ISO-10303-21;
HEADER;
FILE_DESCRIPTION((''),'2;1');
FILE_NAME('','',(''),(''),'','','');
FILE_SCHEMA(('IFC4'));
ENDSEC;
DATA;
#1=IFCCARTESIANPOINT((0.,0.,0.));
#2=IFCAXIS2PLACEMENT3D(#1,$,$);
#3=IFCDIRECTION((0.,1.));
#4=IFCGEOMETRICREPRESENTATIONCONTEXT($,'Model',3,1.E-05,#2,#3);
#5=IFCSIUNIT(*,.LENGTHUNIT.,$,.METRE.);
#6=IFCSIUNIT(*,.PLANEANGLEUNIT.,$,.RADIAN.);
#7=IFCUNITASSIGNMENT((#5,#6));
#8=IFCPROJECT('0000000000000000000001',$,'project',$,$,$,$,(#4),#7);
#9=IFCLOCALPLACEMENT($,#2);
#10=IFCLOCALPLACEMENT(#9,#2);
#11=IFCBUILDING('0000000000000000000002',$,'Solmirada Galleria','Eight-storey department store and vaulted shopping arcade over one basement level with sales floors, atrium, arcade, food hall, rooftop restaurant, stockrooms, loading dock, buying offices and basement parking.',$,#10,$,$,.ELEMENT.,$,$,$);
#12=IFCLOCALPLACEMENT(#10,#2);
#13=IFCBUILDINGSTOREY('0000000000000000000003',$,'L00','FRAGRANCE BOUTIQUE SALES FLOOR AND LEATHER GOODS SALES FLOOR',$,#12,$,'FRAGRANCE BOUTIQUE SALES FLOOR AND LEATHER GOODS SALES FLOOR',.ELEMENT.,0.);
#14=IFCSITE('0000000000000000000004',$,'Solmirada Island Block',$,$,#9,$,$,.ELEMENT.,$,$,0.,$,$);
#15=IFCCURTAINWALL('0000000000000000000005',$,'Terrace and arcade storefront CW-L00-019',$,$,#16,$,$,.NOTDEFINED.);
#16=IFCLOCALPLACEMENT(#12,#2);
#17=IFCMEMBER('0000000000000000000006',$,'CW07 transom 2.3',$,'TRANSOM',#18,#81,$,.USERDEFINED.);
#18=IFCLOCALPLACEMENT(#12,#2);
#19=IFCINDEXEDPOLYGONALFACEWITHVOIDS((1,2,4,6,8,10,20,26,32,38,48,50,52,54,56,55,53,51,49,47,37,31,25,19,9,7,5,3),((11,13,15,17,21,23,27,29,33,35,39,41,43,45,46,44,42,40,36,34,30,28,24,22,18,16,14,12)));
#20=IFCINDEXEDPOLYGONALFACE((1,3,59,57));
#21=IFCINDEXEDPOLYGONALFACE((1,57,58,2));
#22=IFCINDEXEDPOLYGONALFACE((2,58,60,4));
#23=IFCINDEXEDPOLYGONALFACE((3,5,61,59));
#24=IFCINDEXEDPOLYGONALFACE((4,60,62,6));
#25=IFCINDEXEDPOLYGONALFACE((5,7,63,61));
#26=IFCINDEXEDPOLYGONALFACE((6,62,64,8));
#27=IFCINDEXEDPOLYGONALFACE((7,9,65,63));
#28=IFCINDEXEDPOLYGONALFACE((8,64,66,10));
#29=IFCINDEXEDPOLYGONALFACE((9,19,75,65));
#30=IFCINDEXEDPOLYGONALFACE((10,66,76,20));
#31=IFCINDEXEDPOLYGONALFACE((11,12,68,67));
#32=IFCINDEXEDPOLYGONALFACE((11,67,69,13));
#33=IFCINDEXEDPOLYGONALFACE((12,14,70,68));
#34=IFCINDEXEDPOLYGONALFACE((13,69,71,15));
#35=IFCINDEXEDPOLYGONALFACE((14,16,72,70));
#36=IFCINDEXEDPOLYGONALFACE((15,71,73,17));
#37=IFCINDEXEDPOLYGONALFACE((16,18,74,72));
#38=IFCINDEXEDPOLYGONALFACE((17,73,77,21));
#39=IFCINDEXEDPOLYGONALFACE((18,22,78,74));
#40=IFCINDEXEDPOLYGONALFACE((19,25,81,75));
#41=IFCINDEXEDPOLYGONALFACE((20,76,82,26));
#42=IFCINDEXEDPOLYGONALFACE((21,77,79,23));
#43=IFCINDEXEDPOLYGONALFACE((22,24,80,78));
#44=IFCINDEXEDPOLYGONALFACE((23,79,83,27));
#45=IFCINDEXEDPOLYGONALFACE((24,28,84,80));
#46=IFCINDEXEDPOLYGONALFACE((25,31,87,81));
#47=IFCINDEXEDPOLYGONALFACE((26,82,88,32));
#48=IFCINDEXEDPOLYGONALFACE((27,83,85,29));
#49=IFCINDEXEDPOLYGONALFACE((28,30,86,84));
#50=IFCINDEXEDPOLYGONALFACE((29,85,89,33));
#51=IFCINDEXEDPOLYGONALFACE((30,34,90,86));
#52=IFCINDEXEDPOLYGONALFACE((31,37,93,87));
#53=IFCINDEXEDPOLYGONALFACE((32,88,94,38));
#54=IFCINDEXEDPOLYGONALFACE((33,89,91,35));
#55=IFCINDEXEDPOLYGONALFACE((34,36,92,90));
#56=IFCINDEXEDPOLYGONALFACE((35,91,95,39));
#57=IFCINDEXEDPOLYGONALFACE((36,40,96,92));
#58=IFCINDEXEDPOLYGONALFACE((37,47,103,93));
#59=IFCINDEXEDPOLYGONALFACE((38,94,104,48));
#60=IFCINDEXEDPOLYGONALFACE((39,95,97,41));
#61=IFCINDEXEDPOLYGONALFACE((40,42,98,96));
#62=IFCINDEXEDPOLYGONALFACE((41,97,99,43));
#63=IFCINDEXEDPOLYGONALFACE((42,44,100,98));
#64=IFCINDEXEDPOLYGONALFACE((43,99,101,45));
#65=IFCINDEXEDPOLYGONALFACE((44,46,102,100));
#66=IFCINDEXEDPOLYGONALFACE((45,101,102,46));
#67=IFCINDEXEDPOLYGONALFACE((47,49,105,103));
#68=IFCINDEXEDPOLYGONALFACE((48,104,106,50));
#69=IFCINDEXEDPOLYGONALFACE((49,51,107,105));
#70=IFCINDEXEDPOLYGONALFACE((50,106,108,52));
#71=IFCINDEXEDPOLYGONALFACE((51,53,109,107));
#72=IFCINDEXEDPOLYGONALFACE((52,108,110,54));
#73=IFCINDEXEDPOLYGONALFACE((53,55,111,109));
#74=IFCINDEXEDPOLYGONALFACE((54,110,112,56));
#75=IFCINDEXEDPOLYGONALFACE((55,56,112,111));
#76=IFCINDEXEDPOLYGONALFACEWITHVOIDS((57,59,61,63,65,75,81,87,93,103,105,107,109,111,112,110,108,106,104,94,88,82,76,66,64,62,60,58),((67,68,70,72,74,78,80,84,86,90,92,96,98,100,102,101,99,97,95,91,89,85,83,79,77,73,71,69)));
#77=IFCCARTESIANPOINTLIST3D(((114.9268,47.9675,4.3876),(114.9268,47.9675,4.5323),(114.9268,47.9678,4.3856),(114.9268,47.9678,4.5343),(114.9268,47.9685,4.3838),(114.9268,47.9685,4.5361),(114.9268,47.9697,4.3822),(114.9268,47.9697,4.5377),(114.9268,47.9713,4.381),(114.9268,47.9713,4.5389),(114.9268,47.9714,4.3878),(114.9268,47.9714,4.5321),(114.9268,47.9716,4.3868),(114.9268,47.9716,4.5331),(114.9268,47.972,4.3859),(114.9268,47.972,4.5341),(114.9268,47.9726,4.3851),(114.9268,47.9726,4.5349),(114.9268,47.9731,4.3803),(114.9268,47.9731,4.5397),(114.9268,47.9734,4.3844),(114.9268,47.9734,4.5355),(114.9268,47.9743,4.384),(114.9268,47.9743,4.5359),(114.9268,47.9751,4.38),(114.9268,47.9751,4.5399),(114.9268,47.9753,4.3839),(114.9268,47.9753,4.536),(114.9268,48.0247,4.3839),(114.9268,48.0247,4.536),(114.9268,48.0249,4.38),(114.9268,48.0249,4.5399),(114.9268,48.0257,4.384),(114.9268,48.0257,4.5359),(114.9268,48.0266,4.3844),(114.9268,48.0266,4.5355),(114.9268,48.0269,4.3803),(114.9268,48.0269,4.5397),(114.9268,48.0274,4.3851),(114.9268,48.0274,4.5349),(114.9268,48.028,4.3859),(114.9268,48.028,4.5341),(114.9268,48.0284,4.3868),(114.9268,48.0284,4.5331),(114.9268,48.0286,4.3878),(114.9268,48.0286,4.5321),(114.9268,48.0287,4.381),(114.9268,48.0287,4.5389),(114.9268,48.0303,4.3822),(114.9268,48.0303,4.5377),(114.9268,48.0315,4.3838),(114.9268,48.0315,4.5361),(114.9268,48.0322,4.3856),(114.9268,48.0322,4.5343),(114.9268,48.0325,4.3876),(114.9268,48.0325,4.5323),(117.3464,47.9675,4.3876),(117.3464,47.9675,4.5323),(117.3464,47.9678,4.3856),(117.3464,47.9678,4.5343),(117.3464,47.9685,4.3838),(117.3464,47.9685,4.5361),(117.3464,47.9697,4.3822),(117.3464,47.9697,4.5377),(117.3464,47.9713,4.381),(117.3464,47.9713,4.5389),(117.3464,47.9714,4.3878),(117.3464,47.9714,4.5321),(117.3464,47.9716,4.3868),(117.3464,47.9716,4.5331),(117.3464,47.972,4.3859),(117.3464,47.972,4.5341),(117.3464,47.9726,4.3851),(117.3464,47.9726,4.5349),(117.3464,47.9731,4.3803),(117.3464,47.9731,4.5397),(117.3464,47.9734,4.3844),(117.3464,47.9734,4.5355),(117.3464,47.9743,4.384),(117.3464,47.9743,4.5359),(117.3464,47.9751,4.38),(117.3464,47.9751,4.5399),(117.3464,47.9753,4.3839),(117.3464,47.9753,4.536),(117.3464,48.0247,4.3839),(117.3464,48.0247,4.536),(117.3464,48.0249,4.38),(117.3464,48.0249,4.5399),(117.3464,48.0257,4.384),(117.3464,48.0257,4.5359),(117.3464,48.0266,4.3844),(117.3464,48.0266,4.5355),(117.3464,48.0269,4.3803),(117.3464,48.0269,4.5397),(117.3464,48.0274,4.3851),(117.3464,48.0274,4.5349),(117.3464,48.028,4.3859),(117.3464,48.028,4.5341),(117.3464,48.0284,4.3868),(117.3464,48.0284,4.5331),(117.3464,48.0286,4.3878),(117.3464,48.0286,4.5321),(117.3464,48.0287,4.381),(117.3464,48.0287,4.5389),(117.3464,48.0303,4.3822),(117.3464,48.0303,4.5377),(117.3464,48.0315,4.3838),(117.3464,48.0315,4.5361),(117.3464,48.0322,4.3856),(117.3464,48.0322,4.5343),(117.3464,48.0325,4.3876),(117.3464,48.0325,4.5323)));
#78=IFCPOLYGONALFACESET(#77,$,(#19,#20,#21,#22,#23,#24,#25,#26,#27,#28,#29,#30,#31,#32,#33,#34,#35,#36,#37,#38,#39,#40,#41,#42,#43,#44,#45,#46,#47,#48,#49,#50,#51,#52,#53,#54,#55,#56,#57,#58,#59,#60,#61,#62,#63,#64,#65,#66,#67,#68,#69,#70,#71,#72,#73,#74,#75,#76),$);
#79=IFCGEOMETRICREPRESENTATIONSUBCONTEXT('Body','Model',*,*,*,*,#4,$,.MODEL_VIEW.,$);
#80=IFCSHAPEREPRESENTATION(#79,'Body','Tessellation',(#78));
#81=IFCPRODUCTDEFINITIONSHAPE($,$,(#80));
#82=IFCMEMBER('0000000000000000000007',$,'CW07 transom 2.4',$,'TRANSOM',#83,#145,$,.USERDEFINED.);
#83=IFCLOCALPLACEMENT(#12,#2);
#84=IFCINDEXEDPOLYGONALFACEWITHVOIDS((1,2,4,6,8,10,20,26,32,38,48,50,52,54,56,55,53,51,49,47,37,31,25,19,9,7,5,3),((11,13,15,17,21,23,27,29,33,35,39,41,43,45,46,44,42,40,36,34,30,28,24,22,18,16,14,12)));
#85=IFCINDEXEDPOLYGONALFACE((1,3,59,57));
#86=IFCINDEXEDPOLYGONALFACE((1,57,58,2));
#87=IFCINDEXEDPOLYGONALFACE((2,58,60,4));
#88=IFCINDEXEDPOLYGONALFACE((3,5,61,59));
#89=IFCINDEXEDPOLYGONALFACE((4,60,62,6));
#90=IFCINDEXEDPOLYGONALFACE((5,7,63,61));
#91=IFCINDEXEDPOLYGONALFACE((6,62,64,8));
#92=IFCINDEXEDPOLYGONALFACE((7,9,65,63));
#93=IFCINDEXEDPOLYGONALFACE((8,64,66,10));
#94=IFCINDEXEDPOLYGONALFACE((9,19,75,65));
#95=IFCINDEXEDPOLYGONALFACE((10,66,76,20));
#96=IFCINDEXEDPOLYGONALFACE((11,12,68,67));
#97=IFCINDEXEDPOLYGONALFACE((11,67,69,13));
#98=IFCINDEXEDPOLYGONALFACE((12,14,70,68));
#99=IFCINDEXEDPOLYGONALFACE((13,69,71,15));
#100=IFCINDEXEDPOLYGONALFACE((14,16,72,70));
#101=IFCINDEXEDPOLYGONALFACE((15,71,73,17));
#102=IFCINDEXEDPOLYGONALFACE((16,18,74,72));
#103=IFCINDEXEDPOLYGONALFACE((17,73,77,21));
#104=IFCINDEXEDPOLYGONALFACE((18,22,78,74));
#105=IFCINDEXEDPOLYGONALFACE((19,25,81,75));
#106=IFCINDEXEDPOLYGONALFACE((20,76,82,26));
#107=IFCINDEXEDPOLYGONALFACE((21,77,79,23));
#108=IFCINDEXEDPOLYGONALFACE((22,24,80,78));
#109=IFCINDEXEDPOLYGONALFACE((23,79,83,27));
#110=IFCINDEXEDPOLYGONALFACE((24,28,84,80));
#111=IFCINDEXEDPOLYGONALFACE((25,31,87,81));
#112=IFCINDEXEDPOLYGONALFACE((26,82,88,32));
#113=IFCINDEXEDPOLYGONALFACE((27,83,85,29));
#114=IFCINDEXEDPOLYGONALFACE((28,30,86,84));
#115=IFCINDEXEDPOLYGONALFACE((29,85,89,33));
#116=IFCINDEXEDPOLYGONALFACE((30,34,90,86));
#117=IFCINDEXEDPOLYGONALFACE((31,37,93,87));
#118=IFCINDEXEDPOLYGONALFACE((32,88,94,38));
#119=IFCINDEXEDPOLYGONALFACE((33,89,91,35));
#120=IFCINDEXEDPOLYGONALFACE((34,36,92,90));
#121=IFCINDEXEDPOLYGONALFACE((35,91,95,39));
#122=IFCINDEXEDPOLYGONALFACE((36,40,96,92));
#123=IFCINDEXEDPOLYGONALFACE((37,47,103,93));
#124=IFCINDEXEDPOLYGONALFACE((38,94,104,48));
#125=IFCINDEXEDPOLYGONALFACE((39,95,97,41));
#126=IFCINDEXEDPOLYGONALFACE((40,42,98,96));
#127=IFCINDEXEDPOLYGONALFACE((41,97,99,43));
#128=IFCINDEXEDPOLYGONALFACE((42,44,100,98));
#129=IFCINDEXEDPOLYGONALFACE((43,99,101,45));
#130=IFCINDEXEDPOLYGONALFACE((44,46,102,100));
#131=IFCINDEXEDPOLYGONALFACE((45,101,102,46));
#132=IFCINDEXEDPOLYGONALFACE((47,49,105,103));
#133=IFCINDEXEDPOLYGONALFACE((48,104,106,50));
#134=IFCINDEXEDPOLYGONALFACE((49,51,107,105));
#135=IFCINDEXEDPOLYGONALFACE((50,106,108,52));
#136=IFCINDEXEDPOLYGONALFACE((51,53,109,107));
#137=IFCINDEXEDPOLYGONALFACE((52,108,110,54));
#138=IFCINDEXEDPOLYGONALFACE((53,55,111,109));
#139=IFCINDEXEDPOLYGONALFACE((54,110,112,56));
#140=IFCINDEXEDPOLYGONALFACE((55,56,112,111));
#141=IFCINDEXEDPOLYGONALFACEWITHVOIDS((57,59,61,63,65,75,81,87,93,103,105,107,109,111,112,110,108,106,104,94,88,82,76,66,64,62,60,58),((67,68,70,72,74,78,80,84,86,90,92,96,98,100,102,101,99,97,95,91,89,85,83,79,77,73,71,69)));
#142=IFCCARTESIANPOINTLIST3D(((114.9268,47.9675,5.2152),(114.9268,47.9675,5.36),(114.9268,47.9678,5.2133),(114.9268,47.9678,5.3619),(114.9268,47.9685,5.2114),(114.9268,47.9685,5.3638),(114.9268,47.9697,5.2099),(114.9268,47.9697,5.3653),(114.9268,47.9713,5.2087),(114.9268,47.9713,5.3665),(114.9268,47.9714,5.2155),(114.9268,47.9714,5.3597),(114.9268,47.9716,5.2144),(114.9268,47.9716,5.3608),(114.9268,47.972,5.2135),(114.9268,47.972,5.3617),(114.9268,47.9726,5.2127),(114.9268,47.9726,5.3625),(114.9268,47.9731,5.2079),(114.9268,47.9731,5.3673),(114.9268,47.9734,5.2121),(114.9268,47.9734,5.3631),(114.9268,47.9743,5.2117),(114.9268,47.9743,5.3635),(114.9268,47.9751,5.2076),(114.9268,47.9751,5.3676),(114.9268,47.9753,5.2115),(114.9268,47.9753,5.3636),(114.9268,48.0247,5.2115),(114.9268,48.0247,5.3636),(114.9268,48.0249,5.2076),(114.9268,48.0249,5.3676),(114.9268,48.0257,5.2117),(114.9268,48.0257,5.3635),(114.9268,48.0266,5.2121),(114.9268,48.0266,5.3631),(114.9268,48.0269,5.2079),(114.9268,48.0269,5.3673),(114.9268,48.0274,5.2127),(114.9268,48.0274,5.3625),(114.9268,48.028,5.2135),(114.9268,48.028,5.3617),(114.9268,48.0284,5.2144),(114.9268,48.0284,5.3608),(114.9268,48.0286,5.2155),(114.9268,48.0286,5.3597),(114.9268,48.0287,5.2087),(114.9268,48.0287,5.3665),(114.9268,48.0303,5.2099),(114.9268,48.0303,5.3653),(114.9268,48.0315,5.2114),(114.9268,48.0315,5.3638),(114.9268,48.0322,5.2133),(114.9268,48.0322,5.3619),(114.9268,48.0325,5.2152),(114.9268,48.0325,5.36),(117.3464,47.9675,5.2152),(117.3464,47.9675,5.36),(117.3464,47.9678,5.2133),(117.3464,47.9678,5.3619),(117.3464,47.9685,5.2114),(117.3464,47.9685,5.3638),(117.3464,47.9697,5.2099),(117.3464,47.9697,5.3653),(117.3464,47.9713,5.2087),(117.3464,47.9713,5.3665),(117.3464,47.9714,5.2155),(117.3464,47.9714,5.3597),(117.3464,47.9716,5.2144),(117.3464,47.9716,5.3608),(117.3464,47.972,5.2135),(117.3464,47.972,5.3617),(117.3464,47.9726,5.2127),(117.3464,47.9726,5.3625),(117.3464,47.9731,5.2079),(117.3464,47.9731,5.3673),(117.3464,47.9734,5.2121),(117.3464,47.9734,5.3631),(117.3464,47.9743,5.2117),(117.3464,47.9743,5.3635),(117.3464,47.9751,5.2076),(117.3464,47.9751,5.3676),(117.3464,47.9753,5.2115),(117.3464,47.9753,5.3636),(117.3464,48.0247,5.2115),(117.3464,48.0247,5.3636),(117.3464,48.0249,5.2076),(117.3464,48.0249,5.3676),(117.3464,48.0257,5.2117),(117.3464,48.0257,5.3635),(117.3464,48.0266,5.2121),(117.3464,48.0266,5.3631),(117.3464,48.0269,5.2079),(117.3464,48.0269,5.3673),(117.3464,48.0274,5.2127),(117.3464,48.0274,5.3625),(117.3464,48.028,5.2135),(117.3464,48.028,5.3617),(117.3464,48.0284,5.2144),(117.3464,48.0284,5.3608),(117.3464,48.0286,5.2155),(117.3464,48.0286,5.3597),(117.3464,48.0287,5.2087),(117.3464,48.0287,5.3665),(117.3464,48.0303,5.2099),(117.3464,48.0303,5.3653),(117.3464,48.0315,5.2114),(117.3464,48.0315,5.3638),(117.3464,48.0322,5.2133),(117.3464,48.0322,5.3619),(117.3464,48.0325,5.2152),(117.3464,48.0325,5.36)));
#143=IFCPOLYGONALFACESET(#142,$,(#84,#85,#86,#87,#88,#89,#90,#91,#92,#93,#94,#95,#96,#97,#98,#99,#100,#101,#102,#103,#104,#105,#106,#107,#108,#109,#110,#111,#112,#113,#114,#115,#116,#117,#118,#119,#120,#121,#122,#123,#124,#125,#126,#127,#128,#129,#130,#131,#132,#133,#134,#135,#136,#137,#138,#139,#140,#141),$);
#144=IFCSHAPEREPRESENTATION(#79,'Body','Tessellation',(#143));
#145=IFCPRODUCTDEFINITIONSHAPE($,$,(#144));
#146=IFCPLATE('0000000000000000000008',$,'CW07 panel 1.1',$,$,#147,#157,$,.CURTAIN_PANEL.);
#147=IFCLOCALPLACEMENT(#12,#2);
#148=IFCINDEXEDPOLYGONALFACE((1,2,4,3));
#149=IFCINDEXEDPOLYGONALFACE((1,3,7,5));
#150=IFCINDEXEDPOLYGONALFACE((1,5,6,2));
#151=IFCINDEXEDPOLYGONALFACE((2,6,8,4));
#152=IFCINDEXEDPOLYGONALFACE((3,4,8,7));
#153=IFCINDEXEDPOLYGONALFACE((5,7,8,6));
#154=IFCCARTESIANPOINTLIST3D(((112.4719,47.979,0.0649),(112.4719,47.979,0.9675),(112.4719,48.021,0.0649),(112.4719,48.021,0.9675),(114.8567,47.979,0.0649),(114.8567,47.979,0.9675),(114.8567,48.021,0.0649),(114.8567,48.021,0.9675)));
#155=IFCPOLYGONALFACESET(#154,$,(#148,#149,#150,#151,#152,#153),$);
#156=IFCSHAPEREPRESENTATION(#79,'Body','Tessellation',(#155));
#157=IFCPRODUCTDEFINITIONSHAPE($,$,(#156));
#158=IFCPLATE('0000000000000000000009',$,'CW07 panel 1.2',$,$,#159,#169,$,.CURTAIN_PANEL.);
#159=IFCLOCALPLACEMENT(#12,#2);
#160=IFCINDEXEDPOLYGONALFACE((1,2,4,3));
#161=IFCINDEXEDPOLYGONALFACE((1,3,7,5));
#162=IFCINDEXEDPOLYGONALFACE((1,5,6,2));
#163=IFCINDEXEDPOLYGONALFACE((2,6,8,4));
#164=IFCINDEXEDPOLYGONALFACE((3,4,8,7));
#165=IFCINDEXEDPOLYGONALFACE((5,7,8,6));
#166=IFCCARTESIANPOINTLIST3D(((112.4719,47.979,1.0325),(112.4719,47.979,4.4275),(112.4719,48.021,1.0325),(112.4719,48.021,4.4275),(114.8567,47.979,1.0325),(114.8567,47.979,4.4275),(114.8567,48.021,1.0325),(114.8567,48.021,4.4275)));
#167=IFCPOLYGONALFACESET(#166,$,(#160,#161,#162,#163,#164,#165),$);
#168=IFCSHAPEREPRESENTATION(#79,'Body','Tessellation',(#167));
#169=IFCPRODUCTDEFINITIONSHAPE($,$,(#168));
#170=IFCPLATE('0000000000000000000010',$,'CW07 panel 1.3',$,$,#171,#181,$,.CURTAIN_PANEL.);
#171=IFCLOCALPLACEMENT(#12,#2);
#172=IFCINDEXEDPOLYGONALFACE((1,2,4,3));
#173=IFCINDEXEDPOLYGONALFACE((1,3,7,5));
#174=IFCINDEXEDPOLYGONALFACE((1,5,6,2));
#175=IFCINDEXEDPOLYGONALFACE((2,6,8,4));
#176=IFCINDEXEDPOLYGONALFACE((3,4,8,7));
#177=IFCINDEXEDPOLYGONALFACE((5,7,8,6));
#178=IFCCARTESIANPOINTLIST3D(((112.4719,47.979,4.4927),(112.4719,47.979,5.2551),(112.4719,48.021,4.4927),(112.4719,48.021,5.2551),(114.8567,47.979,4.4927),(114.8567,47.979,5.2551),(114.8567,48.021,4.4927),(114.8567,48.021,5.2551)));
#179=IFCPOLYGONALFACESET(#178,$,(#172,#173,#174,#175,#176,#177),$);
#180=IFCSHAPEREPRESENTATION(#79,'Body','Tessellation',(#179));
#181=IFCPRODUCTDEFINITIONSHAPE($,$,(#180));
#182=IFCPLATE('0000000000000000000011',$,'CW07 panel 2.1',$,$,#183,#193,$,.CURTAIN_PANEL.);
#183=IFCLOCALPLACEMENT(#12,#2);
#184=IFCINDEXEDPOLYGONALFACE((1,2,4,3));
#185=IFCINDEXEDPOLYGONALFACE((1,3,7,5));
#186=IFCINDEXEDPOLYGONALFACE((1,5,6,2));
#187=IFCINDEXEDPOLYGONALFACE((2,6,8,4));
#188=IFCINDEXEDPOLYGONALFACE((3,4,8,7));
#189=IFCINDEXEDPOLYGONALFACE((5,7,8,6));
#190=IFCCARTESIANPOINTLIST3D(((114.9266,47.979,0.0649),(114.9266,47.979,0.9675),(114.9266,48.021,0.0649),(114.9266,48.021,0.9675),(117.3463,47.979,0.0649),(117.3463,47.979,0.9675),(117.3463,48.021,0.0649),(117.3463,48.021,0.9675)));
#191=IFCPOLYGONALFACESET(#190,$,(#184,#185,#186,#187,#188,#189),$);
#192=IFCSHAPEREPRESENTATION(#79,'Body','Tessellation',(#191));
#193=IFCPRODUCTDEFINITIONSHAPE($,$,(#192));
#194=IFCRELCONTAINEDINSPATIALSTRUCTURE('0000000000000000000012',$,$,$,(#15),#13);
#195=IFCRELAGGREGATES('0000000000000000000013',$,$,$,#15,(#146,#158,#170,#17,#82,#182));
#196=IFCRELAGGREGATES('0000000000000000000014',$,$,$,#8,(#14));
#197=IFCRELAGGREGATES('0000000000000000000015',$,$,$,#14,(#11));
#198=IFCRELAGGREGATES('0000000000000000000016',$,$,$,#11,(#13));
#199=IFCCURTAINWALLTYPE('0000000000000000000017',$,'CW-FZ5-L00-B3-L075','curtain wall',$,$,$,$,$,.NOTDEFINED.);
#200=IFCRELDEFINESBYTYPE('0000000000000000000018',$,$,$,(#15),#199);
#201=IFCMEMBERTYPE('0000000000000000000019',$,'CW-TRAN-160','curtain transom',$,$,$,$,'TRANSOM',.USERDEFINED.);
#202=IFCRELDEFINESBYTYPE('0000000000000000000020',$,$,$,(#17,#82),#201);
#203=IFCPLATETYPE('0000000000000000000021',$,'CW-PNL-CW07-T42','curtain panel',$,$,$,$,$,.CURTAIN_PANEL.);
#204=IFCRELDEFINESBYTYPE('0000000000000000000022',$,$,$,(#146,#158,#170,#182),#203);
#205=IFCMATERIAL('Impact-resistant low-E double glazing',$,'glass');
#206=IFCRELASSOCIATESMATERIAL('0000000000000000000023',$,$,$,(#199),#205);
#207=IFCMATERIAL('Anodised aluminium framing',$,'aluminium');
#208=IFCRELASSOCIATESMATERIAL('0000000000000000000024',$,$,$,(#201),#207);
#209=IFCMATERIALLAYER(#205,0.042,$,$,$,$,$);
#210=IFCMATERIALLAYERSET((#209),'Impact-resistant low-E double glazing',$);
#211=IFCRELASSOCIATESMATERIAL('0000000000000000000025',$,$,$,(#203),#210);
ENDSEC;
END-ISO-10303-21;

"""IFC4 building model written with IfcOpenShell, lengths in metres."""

from ifc_helpers import new_model, si_unit, direction, frame, origin, origin_2d, place, context, subcontext, project, spatial, rectangle, hollow_rectangle, extrude, material, layer, layer_set, material_profile, profile_set, type_object, element, aggregate, save


model = new_model("IFC4")

# Units and contexts
model_context = context("Model", 3, precision=1e-05, world=origin(), true_north=direction((0.0, 1.0)))
body_context = subcontext(model_context, "Body", "Model", "MODEL_VIEW")
ifc_project = project(units=[si_unit("LENGTHUNIT", "METRE"), si_unit("PLANEANGLEUNIT", "RADIAN")], contexts=[model_context])

# Site, building, storey
site_placement = place(None, origin())
site = spatial("IfcSite", under=ifc_project, at=site_placement, Name="Solmirada Island Block", CompositionType="ELEMENT", RefElevation=0.0)
building_placement = place(site_placement, origin())
building = spatial("IfcBuilding", under=site, at=building_placement, Name="Solmirada Galleria", Description="Eight-storey department store and vaulted shopping arcade over one basement level with sales floors, atrium, arcade, food hall, rooftop restaurant, stockrooms, loading dock, buying offices and basement parking.", CompositionType="ELEMENT")
storey_placement = place(building_placement, origin())
storey = spatial("IfcBuildingStorey", under=building, at=storey_placement, Name="L00", Description="FRAGRANCE BOUTIQUE SALES FLOOR AND LEATHER GOODS SALES FLOOR", LongName="FRAGRANCE BOUTIQUE SALES FLOOR AND LEATHER GOODS SALES FLOOR", CompositionType="ELEMENT", Elevation=0.0)

# Curtain wall, members, plates
ifc_material_1 = material(Name="Impact-resistant low-E double glazing", Category="glass")
curtain_wall_type = type_object("IfcCurtainWallType", Name="CW-FZ5-L00-B3-L075", Description="curtain wall", PredefinedType="NOTDEFINED", material=ifc_material_1)
curtain_wall_placement = place(storey_placement, origin())
curtain_wall = element("IfcCurtainWall", 1, at=curtain_wall_placement, inside=storey, type_object=curtain_wall_type, Name="Terrace and arcade storefront CW-L00-019", PredefinedType="NOTDEFINED")
ifc_material_2 = material(Name="Anodised aluminium framing", Category="aluminium")
ifc_material_profile_1 = material_profile(ifc_material_2, hollow_rectangle(XDim=0.0649, YDim=0.1599, WallThickness=0.0039, InnerFilletRadius=0.0039, OuterFilletRadius=0.0076, at=origin_2d()), Name="ALU-TRAN-160X65")
ifc_profile_set_1 = profile_set([ifc_material_profile_1], Name="Anodised aluminium framing")
member_type_1 = type_object("IfcMemberType", Name="CW-TRAN-160", Description="curtain transom", ElementType="TRANSOM", PredefinedType="USERDEFINED", material=ifc_profile_set_1)
member_1_placement = place(storey_placement, frame((114.9268, 48.0, 4.46), z_axis=(1.0, 0.0, 0.0), x_axis=(0.0, 1.0, 0.0)))
member_1 = element("IfcMember", 2, at=member_1_placement, type_object=member_type_1, Name="CW07 transom 2.3", ObjectType="TRANSOM", PredefinedType="USERDEFINED", context=body_context, shape_type="SweptSolid", body=[
    extrude(hollow_rectangle(XDim=0.0649, YDim=0.1599, WallThickness=0.0039, InnerFilletRadius=0.0039, OuterFilletRadius=0.0076, at=origin_2d()), origin(), (0.0, 0.0, 1.0), 2.4197),
])
member_2_placement = place(storey_placement, frame((114.9268, 48.0, 5.2876), z_axis=(1.0, 0.0, 0.0), x_axis=(0.0, 1.0, 0.0)))
member_2 = element("IfcMember", 3, at=member_2_placement, type_object=member_type_1, Name="CW07 transom 2.4", ObjectType="TRANSOM", PredefinedType="USERDEFINED", context=body_context, shape_type="SweptSolid", body=[
    extrude(hollow_rectangle(XDim=0.0649, YDim=0.1599, WallThickness=0.0039, InnerFilletRadius=0.0039, OuterFilletRadius=0.0076, at=origin_2d()), origin(), (0.0, 0.0, 1.0), 2.4197),
])
ifc_layer = layer(ifc_material_1, 0.042)
ifc_layer_set = layer_set([ifc_layer], Name="Impact-resistant low-E double glazing")
plate_type = type_object("IfcPlateType", Name="CW-PNL-CW07-T42", Description="curtain panel", PredefinedType="CURTAIN_PANEL", material=ifc_layer_set)
plate_1_placement = place(storey_placement, frame((113.6643, 48.0, 0.0649), z_axis=(0.0, 0.0, 1.0), x_axis=(1.0, 0.0, 0.0)))
plate_1 = element("IfcPlate", 4, at=plate_1_placement, type_object=plate_type, Name="CW07 panel 1.1", PredefinedType="CURTAIN_PANEL", context=body_context, shape_type="SweptSolid", body=[
    extrude(rectangle(XDim=2.3848, YDim=0.042, at=origin_2d()), origin(), (0.0, 0.0, 1.0), 0.9026),
])
plate_2_placement = place(storey_placement, frame((113.6643, 48.0, 1.0325), z_axis=(0.0, 0.0, 1.0), x_axis=(1.0, 0.0, 0.0)))
plate_2 = element("IfcPlate", 5, at=plate_2_placement, type_object=plate_type, Name="CW07 panel 1.2", PredefinedType="CURTAIN_PANEL", context=body_context, shape_type="SweptSolid", body=[
    extrude(rectangle(XDim=2.3848, YDim=0.042, at=origin_2d()), origin(), (0.0, 0.0, 1.0), 3.395),
])
plate_3_placement = place(storey_placement, frame((113.6643, 48.0, 4.4927), z_axis=(0.0, 0.0, 1.0), x_axis=(1.0, 0.0, 0.0)))
plate_3 = element("IfcPlate", 6, at=plate_3_placement, type_object=plate_type, Name="CW07 panel 1.3", PredefinedType="CURTAIN_PANEL", context=body_context, shape_type="SweptSolid", body=[
    extrude(rectangle(XDim=2.3848, YDim=0.042, at=origin_2d()), origin(), (0.0, 0.0, 1.0), 0.7625),
])
plate_4_placement = place(storey_placement, frame((116.1365, 48.0, 0.0649), z_axis=(0.0, 0.0, 1.0), x_axis=(1.0, 0.0, 0.0)))
plate_4 = element("IfcPlate", 7, at=plate_4_placement, type_object=plate_type, Name="CW07 panel 2.1", PredefinedType="CURTAIN_PANEL", context=body_context, shape_type="SweptSolid", body=[
    extrude(rectangle(XDim=2.4197, YDim=0.042, at=origin_2d()), origin(), (0.0, 0.0, 1.0), 0.9026),
])
aggregate(curtain_wall, [plate_1, plate_2, plate_3, member_1, member_2, plate_4])

save(model, "model.ifc")
